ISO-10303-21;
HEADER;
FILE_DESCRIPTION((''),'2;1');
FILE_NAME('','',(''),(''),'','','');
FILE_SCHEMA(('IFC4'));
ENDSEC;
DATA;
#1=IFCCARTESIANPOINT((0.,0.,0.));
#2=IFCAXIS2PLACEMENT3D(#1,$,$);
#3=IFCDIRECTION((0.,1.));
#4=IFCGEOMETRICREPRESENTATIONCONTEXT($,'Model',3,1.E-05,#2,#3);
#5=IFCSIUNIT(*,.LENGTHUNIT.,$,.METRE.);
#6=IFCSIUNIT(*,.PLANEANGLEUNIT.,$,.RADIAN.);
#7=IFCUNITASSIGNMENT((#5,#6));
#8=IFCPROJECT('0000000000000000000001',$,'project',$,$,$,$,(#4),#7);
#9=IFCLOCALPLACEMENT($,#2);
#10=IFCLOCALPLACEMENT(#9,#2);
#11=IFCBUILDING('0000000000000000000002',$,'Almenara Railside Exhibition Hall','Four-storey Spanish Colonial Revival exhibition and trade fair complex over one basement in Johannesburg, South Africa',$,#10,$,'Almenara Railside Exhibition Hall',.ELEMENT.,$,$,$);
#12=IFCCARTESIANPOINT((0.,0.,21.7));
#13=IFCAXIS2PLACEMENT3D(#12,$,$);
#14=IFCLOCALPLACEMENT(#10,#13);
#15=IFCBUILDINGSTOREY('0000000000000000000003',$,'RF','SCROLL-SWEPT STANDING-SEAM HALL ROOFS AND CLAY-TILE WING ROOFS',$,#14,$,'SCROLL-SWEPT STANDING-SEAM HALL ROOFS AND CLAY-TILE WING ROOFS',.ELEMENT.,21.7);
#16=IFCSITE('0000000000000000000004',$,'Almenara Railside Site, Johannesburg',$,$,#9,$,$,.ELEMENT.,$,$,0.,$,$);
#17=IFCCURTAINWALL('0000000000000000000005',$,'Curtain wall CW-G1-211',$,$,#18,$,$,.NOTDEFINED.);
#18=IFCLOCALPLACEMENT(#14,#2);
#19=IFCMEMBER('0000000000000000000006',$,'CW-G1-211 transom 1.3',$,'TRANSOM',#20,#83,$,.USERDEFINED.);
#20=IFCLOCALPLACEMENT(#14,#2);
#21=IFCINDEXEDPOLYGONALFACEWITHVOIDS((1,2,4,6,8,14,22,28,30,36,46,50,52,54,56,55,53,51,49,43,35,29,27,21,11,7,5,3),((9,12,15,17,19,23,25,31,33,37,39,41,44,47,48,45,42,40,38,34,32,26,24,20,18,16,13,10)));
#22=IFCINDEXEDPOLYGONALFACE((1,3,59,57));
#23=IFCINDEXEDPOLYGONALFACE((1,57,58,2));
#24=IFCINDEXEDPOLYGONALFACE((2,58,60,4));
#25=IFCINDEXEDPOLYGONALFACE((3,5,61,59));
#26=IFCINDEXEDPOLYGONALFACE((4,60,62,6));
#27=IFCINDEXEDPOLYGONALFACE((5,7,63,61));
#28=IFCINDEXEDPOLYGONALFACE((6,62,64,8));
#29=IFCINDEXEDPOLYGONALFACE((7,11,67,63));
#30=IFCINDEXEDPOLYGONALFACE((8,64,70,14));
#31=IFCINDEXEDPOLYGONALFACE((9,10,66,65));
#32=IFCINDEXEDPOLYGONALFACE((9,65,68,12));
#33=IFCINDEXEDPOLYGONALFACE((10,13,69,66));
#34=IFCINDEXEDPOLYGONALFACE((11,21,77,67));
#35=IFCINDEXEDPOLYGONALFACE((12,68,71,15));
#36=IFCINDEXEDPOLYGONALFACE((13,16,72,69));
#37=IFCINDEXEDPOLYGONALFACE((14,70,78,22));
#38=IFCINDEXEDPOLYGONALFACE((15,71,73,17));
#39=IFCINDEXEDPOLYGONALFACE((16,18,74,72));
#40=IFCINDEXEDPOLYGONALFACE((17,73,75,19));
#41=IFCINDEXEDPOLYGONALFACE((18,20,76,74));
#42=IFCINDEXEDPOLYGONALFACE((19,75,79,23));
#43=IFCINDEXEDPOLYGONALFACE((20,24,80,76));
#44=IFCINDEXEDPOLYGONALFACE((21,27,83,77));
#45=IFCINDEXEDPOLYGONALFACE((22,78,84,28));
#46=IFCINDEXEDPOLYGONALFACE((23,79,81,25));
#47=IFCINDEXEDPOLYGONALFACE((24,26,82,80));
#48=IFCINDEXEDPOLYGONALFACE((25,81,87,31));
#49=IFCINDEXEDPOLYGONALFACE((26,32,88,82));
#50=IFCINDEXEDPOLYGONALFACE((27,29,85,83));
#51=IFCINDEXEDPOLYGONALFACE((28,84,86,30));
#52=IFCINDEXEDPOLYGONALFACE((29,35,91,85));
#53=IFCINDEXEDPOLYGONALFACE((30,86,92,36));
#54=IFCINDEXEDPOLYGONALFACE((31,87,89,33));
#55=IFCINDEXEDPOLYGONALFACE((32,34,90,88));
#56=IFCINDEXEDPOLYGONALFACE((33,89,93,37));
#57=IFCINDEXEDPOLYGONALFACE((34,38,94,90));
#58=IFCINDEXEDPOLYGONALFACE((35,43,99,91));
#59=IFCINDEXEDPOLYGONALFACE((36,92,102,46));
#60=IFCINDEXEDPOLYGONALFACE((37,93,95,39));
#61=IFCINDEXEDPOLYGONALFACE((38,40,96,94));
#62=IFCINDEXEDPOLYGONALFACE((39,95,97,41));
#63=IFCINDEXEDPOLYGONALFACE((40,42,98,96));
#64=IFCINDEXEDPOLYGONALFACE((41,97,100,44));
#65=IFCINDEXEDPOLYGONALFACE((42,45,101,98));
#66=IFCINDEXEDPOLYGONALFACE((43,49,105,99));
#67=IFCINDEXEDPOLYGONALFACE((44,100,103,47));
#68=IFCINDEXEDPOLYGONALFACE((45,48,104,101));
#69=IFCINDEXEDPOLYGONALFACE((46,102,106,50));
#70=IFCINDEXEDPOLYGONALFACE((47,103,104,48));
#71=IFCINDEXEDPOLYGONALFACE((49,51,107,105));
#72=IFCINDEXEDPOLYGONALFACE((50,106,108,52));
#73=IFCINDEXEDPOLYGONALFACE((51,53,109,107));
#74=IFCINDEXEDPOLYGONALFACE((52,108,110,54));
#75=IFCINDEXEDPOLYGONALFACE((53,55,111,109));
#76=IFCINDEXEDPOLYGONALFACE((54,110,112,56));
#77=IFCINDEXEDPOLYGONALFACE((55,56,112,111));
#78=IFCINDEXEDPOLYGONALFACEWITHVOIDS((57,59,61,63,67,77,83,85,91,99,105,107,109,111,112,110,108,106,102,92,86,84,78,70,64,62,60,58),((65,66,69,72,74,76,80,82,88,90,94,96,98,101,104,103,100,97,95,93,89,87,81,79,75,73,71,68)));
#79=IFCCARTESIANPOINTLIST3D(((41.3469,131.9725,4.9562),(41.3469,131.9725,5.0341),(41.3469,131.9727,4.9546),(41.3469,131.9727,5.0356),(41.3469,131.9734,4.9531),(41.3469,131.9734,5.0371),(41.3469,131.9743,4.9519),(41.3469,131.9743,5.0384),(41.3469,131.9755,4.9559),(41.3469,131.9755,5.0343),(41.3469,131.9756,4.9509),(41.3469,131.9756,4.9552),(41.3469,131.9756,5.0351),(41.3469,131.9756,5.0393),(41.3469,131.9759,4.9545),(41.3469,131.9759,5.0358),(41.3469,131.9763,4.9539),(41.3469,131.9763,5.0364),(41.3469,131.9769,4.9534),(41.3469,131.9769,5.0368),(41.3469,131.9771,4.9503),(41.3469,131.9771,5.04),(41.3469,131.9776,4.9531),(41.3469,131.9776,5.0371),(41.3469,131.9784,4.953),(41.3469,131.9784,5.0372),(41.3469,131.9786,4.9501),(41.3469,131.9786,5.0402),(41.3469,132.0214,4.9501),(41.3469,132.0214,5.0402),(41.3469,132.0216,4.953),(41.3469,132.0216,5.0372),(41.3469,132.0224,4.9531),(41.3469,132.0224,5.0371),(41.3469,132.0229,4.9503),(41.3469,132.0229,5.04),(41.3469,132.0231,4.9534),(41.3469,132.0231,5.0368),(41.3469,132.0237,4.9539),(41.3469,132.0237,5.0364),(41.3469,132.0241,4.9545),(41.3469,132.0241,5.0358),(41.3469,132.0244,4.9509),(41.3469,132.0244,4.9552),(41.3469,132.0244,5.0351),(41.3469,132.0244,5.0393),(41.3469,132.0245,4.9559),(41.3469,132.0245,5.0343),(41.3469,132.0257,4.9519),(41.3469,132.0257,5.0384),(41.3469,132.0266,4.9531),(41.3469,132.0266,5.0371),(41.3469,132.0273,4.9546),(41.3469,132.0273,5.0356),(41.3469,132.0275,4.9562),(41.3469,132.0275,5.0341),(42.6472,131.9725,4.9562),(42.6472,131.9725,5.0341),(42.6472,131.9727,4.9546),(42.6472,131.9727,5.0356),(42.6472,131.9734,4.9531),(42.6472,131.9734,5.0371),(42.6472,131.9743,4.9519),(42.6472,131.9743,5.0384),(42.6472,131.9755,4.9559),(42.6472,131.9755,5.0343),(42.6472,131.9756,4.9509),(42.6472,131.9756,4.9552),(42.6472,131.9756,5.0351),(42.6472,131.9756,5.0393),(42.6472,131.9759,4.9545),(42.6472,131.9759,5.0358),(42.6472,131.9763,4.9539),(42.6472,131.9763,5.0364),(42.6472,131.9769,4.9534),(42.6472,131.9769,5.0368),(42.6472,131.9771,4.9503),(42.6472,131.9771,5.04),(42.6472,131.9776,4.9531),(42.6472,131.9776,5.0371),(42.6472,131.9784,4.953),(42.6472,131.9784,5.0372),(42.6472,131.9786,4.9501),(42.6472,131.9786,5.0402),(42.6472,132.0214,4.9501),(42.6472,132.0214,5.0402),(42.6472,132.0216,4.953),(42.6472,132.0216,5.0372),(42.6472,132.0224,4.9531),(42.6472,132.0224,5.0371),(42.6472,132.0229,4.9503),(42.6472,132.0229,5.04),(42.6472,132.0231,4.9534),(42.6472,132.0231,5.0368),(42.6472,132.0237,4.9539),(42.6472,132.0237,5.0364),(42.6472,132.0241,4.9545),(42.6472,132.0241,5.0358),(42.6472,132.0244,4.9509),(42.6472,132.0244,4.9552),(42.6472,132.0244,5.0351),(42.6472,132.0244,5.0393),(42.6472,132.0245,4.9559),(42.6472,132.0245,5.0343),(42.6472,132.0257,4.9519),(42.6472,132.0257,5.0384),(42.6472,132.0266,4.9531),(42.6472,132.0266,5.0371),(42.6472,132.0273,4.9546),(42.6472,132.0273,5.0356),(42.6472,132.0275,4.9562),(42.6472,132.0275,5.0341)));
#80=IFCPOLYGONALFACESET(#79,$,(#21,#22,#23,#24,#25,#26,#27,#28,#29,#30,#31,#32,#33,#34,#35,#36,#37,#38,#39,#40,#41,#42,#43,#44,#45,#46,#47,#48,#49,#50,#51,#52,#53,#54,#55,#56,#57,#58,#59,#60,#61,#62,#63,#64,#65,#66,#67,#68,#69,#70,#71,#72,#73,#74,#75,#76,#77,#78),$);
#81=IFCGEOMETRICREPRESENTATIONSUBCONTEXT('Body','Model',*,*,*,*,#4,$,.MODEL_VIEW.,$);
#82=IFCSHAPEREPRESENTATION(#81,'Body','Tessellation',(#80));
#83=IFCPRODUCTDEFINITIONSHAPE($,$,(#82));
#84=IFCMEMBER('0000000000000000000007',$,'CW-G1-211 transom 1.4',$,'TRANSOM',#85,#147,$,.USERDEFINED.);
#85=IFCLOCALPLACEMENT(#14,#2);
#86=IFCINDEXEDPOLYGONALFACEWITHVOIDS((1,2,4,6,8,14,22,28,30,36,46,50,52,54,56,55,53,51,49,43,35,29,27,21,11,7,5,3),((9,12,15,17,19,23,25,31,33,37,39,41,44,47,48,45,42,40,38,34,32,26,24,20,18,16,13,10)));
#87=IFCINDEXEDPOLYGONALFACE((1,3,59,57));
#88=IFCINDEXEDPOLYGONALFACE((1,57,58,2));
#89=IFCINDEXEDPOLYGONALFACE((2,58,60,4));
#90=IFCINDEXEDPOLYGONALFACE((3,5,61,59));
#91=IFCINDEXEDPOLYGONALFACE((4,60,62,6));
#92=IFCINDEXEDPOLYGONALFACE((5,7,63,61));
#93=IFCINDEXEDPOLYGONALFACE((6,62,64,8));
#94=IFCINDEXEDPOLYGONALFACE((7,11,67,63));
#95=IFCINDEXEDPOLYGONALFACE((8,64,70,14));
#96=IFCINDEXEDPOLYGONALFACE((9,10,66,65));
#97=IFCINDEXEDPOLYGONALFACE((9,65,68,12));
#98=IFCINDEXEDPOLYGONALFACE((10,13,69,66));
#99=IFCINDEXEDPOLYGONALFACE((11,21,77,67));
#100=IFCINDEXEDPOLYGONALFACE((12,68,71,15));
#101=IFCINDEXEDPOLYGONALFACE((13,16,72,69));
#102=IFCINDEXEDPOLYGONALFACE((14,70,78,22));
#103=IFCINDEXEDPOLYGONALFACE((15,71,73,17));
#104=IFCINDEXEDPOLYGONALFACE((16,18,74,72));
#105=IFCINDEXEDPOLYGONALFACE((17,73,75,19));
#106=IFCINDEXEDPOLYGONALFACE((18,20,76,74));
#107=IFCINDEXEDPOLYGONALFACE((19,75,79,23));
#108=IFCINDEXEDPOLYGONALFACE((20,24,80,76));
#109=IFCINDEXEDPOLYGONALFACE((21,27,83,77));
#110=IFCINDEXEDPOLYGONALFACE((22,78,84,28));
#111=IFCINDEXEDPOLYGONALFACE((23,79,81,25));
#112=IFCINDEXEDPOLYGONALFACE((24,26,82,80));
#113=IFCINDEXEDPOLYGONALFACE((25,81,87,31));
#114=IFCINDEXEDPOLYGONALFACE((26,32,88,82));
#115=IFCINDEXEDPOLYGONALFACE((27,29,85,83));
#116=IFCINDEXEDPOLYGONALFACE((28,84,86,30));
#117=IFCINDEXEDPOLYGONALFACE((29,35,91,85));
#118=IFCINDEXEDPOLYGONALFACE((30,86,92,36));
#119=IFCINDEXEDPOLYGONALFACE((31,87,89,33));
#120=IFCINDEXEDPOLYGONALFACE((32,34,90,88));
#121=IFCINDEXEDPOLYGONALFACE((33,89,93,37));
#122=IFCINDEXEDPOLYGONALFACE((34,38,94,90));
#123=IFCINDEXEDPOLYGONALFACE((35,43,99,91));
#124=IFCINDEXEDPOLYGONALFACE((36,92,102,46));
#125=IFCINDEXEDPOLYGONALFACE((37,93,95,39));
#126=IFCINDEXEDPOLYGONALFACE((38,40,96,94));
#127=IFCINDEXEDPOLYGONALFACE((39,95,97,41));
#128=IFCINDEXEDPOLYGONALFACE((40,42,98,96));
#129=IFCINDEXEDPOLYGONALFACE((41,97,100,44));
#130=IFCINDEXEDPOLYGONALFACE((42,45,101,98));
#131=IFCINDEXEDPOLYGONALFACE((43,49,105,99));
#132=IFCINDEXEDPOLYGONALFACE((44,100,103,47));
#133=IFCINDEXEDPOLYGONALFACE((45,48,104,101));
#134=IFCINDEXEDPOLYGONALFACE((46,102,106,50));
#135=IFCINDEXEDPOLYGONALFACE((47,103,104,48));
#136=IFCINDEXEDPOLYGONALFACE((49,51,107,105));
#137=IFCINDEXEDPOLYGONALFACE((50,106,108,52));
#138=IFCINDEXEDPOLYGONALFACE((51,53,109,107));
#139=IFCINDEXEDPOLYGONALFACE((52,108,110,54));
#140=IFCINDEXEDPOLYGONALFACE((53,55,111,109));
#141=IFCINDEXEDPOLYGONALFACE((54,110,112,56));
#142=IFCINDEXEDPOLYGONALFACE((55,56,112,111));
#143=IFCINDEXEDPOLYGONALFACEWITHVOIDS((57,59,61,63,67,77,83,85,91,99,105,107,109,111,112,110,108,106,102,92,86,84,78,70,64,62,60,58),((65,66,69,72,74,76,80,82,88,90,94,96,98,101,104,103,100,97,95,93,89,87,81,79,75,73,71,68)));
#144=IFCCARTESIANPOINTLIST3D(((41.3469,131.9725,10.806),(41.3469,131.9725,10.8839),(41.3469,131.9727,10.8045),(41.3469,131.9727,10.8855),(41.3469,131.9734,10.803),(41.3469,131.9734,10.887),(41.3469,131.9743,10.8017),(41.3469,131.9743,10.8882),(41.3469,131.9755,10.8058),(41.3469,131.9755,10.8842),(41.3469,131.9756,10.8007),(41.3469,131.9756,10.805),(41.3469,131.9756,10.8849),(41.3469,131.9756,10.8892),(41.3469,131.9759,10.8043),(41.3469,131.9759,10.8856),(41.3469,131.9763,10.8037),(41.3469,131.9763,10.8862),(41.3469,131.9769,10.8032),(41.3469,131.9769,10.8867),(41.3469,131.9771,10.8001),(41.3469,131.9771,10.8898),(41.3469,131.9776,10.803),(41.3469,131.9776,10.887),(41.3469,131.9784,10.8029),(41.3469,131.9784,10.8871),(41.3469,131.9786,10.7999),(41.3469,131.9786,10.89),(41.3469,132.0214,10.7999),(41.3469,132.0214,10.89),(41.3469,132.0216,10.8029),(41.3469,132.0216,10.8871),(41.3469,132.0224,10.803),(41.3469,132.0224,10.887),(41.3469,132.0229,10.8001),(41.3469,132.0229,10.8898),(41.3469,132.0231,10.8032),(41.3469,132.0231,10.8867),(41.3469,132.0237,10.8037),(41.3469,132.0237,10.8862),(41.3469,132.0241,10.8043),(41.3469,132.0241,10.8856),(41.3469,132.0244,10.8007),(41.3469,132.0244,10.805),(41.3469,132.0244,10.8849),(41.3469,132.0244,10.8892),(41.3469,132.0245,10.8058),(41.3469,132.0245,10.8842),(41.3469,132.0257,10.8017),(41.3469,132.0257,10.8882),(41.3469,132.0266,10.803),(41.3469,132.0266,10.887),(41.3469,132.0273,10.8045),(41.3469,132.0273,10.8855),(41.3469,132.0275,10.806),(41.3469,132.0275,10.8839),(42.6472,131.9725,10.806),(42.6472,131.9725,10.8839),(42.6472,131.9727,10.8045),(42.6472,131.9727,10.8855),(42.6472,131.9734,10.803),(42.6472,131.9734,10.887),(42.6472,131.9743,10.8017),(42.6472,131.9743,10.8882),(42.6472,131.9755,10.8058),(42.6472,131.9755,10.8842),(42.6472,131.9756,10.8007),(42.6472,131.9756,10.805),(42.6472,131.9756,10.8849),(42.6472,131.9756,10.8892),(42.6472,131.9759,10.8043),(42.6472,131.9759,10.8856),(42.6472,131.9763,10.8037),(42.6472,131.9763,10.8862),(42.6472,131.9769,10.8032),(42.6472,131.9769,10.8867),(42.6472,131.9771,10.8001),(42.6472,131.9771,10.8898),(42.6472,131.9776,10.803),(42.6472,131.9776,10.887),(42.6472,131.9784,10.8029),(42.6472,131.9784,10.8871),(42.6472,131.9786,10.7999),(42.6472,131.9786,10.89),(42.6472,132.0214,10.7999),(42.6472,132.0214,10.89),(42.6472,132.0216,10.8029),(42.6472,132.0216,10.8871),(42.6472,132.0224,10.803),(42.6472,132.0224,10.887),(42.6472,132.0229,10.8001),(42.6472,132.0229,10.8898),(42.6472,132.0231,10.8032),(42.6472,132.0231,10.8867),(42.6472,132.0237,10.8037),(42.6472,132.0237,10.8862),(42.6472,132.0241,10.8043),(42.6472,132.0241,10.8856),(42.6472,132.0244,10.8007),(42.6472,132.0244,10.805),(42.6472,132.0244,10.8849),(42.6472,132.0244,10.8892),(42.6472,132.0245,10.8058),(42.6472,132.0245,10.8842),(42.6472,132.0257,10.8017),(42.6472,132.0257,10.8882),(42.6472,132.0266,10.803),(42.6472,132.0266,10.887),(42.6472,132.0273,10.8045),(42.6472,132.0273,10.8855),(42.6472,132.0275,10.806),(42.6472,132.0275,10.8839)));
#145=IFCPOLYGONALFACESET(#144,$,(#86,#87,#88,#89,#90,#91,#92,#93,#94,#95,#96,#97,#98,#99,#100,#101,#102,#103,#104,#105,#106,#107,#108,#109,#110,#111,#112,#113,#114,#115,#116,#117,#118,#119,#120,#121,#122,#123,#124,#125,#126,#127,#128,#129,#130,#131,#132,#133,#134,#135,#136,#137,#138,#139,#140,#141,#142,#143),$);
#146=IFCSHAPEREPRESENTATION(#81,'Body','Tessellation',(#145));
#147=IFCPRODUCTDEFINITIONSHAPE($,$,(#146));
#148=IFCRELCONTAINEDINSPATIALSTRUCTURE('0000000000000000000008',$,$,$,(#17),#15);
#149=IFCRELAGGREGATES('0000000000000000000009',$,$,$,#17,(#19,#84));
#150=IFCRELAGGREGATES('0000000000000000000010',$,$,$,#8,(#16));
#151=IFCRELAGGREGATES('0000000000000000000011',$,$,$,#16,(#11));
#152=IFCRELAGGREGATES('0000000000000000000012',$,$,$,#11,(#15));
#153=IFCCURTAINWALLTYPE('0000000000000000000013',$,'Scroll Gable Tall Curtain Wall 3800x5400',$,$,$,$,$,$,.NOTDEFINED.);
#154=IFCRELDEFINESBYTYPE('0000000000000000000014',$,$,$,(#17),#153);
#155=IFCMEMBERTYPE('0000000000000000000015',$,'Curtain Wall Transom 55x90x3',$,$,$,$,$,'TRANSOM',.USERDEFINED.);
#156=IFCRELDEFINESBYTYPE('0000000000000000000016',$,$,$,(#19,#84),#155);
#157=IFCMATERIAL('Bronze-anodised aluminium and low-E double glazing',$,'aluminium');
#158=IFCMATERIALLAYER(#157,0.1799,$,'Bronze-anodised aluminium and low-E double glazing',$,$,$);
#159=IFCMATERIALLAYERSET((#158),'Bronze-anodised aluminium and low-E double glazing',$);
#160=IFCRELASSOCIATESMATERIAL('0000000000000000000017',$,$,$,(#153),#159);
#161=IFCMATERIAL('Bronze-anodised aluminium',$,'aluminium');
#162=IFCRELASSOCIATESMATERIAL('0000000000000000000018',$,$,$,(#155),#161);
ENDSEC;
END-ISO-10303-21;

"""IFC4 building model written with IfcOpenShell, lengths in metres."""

from ifc_helpers import new_model, si_unit, direction, frame, origin, origin_2d, place, context, subcontext, project, spatial, hollow_rectangle, extrude, material, layer, layer_set, material_profile, profile_set, type_object, element, aggregate, save


model = new_model("IFC4")

# Units and contexts
model_context = context("Model", 3, precision=1e-05, world=origin(), true_north=direction((0.0, 1.0)))
body_context = subcontext(model_context, "Body", "Model", "MODEL_VIEW")
ifc_project = project(units=[si_unit("LENGTHUNIT", "METRE"), si_unit("PLANEANGLEUNIT", "RADIAN")], contexts=[model_context])

# Site, building, storey
site_placement = place(None, origin())
site = spatial("IfcSite", under=ifc_project, at=site_placement, Name="Almenara Railside Site, Johannesburg", CompositionType="ELEMENT", RefElevation=0.0)
building_placement = place(site_placement, origin())
building = spatial("IfcBuilding", under=site, at=building_placement, Name="Almenara Railside Exhibition Hall", Description="Four-storey Spanish Colonial Revival exhibition and trade fair complex over one basement in Johannesburg, South Africa", LongName="Almenara Railside Exhibition Hall", CompositionType="ELEMENT")
storey_placement = place(building_placement, frame((0.0, 0.0, 21.7)))
storey = spatial("IfcBuildingStorey", under=building, at=storey_placement, Name="RF", Description="SCROLL-SWEPT STANDING-SEAM HALL ROOFS AND CLAY-TILE WING ROOFS", LongName="SCROLL-SWEPT STANDING-SEAM HALL ROOFS AND CLAY-TILE WING ROOFS", CompositionType="ELEMENT", Elevation=21.7)

# Curtain wall, members
ifc_material_1 = material(Name="Bronze-anodised aluminium and low-E double glazing", Category="aluminium")
ifc_layer_1 = layer(ifc_material_1, 0.1799, Name="Bronze-anodised aluminium and low-E double glazing")
ifc_layer_set_1 = layer_set([ifc_layer_1], Name="Bronze-anodised aluminium and low-E double glazing")
curtain_wall_type = type_object("IfcCurtainWallType", Name="Scroll Gable Tall Curtain Wall 3800x5400", PredefinedType="NOTDEFINED", material=ifc_layer_set_1)
curtain_wall_1_placement = place(storey_placement, origin())
curtain_wall_1 = element("IfcCurtainWall", 1, at=curtain_wall_1_placement, inside=storey, type_object=curtain_wall_type, Name="Curtain wall CW-G1-211", PredefinedType="NOTDEFINED")
ifc_material_2 = material(Name="Bronze-anodised aluminium", Category="aluminium")
ifc_material_profile_1 = material_profile(ifc_material_2, hollow_rectangle(XDim=0.0549, YDim=0.0901, WallThickness=0.0029, InnerFilletRadius=0.0029, OuterFilletRadius=0.0061, at=origin_2d()), Name="ALU-TRN 55x90x3")
ifc_profile_set_1 = profile_set([ifc_material_profile_1], Name="Bronze-anodised aluminium")
member_type_1 = type_object("IfcMemberType", Name="Curtain Wall Transom 55x90x3", ElementType="TRANSOM", PredefinedType="USERDEFINED", material=ifc_profile_set_1)
member_1_placement = place(storey_placement, frame((41.3469, 132.0, 4.9951), z_axis=(1.0, 0.0, 0.0), x_axis=(0.0, 1.0, 0.0)))
member_1 = element("IfcMember", 2, at=member_1_placement, type_object=member_type_1, Name="CW-G1-211 transom 1.3", ObjectType="TRANSOM", PredefinedType="USERDEFINED", context=body_context, shape_type="SweptSolid", body=[
    extrude(hollow_rectangle(XDim=0.0549, YDim=0.0901, WallThickness=0.0029, InnerFilletRadius=0.0029, OuterFilletRadius=0.0061, at=origin_2d()), origin(), (0.0, 0.0, 1.0), 1.3003),
])
member_2_placement = place(storey_placement, frame((41.3469, 132.0, 10.845), z_axis=(1.0, 0.0, 0.0), x_axis=(0.0, 1.0, 0.0)))
member_2 = element("IfcMember", 3, at=member_2_placement, type_object=member_type_1, Name="CW-G1-211 transom 1.4", ObjectType="TRANSOM", PredefinedType="USERDEFINED", context=body_context, shape_type="SweptSolid", body=[
    extrude(hollow_rectangle(XDim=0.0549, YDim=0.0901, WallThickness=0.0029, InnerFilletRadius=0.0029, OuterFilletRadius=0.0061, at=origin_2d()), origin(), (0.0, 0.0, 1.0), 1.3003),
])

aggregate(curtain_wall_1, [member_1, member_2])

save(model, "model.ifc")
